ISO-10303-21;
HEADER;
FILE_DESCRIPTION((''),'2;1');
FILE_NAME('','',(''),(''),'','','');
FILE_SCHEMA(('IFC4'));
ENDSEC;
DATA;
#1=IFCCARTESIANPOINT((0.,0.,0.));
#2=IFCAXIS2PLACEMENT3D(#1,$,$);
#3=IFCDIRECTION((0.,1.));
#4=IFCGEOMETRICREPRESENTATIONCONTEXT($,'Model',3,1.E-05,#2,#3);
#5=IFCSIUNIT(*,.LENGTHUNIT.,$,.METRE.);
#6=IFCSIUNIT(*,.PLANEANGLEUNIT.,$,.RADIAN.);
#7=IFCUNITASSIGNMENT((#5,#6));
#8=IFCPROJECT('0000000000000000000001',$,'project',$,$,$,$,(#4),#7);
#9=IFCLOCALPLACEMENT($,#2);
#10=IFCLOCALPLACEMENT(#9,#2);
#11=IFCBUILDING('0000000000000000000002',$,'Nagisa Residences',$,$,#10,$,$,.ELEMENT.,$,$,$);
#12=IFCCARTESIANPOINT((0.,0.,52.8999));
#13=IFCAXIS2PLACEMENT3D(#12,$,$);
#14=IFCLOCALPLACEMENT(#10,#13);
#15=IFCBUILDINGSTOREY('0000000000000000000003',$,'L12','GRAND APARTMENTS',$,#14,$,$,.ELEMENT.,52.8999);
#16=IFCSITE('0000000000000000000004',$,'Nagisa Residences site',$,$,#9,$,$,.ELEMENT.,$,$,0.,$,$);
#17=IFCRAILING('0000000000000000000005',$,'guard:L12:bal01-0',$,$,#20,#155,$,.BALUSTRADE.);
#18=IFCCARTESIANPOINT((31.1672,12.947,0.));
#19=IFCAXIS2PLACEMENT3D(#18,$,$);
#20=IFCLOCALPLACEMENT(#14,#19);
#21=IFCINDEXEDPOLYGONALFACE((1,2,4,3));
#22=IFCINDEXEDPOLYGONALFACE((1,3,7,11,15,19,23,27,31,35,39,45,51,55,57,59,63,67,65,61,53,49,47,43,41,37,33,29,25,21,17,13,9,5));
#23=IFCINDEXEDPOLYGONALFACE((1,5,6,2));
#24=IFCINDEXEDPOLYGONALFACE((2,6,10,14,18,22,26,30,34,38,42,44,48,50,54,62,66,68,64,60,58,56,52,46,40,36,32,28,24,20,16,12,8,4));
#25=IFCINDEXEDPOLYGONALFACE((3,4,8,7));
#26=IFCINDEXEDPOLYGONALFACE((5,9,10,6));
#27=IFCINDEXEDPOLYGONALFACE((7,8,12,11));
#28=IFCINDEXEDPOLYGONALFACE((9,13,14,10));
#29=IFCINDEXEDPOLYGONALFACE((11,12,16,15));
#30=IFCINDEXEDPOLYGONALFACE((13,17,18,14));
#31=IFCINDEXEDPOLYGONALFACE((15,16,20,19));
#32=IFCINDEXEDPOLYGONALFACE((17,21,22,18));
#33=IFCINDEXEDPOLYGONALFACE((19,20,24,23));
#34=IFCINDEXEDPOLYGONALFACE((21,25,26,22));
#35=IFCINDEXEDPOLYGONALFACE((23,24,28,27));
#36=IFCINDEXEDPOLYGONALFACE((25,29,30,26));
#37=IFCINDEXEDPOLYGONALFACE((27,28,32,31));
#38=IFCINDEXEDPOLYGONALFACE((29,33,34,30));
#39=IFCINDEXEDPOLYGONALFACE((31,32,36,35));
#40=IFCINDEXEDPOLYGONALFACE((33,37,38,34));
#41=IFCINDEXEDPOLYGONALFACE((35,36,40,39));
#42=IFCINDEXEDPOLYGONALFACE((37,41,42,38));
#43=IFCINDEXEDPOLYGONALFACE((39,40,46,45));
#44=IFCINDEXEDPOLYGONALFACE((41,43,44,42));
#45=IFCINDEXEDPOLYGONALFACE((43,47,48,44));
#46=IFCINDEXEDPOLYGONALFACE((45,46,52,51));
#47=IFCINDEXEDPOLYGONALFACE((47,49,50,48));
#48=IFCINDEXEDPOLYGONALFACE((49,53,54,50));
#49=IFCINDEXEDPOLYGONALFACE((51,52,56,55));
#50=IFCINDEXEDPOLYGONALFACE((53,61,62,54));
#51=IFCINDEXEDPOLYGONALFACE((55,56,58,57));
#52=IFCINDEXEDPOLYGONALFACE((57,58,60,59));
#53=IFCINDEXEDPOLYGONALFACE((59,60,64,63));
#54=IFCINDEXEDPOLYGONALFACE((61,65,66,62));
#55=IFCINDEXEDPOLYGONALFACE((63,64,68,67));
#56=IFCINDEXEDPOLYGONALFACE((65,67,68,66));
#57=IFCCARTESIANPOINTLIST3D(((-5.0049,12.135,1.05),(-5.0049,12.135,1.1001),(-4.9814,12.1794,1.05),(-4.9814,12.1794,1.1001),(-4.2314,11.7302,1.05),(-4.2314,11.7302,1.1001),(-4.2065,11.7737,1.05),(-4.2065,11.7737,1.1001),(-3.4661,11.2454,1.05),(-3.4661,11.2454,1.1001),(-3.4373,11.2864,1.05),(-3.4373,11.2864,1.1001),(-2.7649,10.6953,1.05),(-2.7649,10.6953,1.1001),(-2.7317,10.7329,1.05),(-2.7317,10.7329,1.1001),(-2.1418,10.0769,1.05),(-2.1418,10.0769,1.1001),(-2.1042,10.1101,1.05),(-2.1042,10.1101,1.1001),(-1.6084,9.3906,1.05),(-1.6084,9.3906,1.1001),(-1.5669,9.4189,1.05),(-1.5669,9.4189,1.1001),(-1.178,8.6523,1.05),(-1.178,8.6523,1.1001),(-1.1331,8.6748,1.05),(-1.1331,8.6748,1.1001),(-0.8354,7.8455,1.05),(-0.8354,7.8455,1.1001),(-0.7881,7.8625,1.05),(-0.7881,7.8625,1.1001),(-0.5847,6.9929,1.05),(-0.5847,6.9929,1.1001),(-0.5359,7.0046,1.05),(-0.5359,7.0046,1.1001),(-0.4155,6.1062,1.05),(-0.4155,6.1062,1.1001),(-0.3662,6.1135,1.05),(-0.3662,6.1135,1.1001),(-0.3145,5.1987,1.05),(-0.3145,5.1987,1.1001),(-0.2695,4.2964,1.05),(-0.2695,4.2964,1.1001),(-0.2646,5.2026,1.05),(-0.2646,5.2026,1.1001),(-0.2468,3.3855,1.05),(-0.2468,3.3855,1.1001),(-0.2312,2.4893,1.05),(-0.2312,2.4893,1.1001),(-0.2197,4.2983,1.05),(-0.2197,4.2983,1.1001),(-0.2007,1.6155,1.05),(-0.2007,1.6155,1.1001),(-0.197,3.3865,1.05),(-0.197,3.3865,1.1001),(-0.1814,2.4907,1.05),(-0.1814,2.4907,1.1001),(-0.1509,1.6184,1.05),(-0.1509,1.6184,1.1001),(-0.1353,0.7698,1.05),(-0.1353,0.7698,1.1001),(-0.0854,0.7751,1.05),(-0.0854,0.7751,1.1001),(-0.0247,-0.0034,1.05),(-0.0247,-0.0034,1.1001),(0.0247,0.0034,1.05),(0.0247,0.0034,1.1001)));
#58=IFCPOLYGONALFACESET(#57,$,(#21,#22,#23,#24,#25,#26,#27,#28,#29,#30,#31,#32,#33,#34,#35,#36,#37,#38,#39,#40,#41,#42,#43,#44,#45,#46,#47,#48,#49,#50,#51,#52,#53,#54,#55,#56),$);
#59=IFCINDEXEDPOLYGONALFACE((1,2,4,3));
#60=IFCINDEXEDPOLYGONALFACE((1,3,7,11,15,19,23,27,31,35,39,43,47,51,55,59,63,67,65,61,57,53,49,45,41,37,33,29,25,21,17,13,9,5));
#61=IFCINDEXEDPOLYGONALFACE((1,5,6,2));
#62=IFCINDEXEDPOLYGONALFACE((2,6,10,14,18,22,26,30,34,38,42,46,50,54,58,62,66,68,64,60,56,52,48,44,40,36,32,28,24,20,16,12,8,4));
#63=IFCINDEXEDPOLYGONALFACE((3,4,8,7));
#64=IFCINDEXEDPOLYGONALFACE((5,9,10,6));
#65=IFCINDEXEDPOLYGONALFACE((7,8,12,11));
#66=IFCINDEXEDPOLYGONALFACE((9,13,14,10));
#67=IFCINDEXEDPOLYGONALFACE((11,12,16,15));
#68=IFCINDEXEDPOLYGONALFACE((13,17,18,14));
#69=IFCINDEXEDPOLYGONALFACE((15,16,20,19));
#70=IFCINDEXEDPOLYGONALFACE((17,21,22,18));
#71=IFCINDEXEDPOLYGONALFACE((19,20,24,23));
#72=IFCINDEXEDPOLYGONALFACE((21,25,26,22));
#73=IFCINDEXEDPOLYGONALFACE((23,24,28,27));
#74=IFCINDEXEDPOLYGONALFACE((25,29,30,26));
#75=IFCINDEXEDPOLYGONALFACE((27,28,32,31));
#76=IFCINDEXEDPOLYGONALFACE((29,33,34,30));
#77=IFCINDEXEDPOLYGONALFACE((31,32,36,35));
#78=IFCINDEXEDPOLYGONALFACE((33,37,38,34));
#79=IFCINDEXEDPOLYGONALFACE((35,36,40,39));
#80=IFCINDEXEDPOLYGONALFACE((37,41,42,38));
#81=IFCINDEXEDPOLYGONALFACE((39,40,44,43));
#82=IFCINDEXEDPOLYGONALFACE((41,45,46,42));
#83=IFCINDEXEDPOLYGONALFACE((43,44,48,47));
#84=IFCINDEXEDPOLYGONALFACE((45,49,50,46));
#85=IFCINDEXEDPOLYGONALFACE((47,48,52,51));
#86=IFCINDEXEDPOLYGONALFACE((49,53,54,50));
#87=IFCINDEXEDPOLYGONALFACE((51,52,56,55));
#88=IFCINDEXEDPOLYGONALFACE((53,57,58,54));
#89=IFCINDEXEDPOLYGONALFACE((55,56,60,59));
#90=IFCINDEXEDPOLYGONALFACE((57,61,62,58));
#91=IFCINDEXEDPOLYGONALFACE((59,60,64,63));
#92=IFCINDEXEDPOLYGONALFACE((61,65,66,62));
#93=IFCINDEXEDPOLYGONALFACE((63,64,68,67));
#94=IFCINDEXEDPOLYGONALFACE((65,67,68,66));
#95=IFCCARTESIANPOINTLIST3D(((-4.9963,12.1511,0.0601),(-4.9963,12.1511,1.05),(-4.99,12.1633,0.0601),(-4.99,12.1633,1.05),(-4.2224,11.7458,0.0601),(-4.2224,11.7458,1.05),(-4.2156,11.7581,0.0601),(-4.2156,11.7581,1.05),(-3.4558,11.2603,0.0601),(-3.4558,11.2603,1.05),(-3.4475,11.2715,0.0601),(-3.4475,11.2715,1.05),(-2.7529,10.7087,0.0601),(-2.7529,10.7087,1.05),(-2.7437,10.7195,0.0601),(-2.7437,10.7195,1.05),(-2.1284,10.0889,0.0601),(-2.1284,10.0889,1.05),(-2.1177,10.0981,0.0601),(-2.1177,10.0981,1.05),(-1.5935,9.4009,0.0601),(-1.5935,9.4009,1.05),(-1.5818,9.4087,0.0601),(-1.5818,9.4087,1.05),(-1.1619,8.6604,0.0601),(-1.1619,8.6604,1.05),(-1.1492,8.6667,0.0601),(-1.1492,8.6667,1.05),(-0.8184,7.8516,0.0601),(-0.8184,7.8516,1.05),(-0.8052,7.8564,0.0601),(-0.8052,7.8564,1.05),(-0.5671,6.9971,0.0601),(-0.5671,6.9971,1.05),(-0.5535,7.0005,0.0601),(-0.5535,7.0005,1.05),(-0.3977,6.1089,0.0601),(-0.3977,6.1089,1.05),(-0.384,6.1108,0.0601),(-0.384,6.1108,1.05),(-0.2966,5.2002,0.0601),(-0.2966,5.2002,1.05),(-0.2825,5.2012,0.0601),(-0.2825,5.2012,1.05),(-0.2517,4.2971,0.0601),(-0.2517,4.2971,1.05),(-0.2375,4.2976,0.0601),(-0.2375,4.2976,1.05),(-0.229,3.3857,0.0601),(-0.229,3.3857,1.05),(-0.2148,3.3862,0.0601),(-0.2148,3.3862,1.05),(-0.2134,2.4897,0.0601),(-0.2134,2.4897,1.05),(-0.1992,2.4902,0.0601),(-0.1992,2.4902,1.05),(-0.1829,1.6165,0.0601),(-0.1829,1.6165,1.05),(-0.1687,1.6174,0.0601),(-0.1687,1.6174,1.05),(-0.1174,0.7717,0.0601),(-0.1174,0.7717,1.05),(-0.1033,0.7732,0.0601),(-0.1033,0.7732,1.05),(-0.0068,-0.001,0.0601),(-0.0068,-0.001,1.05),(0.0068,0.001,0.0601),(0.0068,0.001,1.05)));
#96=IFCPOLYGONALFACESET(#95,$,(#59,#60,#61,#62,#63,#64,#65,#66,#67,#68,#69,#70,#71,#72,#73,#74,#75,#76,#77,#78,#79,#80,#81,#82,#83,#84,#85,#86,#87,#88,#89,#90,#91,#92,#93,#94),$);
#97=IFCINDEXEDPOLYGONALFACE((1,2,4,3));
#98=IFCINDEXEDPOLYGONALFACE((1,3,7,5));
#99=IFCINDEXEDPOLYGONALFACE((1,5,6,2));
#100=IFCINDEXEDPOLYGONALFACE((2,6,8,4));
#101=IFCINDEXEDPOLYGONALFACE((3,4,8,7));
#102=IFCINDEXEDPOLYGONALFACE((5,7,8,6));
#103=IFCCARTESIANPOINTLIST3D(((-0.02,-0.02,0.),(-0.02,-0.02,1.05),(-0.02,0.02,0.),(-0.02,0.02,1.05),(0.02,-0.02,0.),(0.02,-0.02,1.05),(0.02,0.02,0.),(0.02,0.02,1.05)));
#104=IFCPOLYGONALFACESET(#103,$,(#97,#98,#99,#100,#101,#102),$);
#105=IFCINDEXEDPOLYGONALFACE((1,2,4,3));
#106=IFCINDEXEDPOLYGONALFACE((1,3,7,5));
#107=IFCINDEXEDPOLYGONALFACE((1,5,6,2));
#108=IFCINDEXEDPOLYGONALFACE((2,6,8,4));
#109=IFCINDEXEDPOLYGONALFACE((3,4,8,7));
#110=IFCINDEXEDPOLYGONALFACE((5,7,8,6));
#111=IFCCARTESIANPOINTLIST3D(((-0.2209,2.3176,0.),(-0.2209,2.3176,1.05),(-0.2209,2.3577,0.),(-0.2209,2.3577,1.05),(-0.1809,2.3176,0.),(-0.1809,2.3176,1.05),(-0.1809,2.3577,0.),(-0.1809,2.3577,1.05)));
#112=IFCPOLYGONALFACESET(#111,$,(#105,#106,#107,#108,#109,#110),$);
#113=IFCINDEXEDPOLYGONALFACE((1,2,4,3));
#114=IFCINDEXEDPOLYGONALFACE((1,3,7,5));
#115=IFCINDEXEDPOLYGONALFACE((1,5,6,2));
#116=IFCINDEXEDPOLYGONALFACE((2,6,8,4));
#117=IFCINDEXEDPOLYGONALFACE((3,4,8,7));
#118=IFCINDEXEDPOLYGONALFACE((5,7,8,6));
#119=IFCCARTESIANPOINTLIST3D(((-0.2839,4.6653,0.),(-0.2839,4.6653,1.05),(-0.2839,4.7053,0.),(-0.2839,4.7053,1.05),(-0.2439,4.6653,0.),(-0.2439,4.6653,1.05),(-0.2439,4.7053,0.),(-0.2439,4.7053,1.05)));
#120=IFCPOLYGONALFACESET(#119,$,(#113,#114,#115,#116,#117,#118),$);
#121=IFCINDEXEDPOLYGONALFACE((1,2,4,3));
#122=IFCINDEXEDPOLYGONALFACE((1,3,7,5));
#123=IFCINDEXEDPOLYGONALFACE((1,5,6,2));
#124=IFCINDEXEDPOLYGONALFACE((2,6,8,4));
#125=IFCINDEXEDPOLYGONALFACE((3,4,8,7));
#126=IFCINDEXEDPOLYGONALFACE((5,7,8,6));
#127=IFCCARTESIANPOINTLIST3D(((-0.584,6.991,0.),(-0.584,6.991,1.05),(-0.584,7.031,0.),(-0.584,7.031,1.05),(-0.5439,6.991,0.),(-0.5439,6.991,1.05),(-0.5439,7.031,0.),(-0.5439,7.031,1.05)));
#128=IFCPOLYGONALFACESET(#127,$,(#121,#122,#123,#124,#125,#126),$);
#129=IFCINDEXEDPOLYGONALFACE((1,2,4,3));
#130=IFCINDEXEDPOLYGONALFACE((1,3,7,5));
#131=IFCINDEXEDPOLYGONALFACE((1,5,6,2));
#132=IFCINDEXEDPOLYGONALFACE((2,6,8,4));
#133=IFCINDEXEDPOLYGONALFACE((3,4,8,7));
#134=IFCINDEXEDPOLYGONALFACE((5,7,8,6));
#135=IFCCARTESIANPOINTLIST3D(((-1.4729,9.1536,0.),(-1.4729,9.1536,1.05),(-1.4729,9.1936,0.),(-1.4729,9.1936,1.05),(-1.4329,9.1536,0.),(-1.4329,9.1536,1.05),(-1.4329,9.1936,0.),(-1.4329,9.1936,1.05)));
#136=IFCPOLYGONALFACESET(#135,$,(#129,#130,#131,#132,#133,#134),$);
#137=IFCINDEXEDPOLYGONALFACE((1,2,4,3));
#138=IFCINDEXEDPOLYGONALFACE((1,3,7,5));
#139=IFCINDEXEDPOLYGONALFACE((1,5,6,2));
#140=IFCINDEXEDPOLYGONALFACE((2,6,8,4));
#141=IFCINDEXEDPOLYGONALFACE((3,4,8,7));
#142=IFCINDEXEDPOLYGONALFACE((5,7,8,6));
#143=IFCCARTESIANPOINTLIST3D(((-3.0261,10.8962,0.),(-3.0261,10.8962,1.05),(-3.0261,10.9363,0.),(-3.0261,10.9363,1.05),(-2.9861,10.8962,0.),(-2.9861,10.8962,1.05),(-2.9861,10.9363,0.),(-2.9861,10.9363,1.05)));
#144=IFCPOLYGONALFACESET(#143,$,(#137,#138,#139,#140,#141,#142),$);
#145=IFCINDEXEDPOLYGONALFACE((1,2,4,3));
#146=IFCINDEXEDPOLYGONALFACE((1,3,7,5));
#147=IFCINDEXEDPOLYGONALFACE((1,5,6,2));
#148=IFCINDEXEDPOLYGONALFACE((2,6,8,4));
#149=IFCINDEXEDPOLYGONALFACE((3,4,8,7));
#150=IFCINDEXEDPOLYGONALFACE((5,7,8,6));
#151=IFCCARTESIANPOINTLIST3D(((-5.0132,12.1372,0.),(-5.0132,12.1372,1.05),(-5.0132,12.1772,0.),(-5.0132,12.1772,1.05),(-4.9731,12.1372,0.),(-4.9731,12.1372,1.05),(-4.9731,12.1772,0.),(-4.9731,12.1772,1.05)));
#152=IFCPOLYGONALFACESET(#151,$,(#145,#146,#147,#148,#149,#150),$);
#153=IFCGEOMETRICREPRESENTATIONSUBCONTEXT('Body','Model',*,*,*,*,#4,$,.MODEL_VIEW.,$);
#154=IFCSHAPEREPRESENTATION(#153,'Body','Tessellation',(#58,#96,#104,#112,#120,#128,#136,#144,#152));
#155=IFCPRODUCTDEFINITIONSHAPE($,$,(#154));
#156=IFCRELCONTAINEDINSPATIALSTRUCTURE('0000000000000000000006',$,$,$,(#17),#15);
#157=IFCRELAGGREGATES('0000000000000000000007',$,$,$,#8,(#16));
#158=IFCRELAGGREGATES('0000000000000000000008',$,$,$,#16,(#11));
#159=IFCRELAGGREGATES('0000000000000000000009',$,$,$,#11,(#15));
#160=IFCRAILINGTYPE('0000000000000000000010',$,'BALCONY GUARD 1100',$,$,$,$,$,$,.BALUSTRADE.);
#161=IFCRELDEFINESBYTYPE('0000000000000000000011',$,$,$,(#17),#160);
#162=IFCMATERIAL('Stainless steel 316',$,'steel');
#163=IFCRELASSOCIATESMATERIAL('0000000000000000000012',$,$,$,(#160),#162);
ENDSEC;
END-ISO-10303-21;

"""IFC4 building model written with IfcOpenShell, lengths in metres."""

from ifc_helpers import new_model, si_unit, direction, frame, origin, origin_2d, place, context, subcontext, project, spatial, polyline, rectangle, outline, extrude, material, type_object, element, save


model = new_model("IFC4")

# Units and contexts
model_context = context("Model", 3, precision=1e-05, world=origin(), true_north=direction((0.0, 1.0)))
body_context = subcontext(model_context, "Body", "Model", "MODEL_VIEW")
ifc_project = project(units=[si_unit("LENGTHUNIT", "METRE"), si_unit("PLANEANGLEUNIT", "RADIAN")], contexts=[model_context])

# Site, building, storey
site_placement = place(None, origin())
site = spatial("IfcSite", under=ifc_project, at=site_placement, Name="Nagisa Residences site", CompositionType="ELEMENT", RefElevation=0.0)
building_placement = place(site_placement, origin())
building = spatial("IfcBuilding", under=site, at=building_placement, Name="Nagisa Residences", CompositionType="ELEMENT")
storey_placement = place(building_placement, frame((0.0, 0.0, 52.8999)))
storey = spatial("IfcBuildingStorey", under=building, at=storey_placement, Name="L12", Description="GRAND APARTMENTS", CompositionType="ELEMENT", Elevation=52.8999)

# Railing
ifc_material_1 = material(Name="Stainless steel 316", Category="steel")
railing_type = type_object("IfcRailingType", Name="BALCONY GUARD 1100", PredefinedType="BALUSTRADE", material=ifc_material_1)
railing_1_placement = place(storey_placement, frame((31.1672, 12.947, 0.0)))
element("IfcRailing", 1, at=railing_1_placement, inside=storey, type_object=railing_type, Name="guard:L12:bal01-0", PredefinedType="BALUSTRADE", context=body_context, shape_type="SweptSolid", body=[
    extrude(outline(polyline([(-0.1353, 0.7698), (-0.0247, -0.0034), (0.0247, 0.0034), (-0.0854, 0.7751), (-0.1509, 1.6184), (-0.1814, 2.4907), (-0.197, 3.3865), (-0.2197, 4.2983), (-0.2646, 5.2026), (-0.3662, 6.1135), (-0.5359, 7.0046), (-0.7881, 7.8625), (-1.1331, 8.6748), (-1.5669, 9.4189), (-2.1042, 10.1101), (-2.7317, 10.7329), (-3.4373, 11.2864), (-4.2065, 11.7737), (-4.9814, 12.1794), (-5.0049, 12.135), (-4.2314, 11.7302), (-3.4661, 11.2454), (-2.7649, 10.6953), (-2.1418, 10.0769), (-1.6084, 9.3906), (-1.178, 8.6523), (-0.8354, 7.8455), (-0.5847, 6.9929), (-0.4155, 6.1062), (-0.3145, 5.1987), (-0.2695, 4.2964), (-0.2468, 3.3855), (-0.2312, 2.4893), (-0.2007, 1.6155), (-0.1353, 0.7698)])), frame((0.0, 0.0, 1.05)), (0.0, 0.0, 1.0), 0.05),
    extrude(outline(polyline([(-0.1174, 0.7717), (-0.0068, -0.001), (0.0068, 0.001), (-0.1033, 0.7732), (-0.1687, 1.6174), (-0.1992, 2.4902), (-0.2148, 3.3862), (-0.2375, 4.2976), (-0.2825, 5.2012), (-0.384, 6.1108), (-0.5535, 7.0005), (-0.8052, 7.8564), (-1.1492, 8.6667), (-1.5818, 9.4087), (-2.1177, 10.0981), (-2.7437, 10.7195), (-3.4475, 11.2715), (-4.2156, 11.7581), (-4.99, 12.1633), (-4.9963, 12.1511), (-4.2224, 11.7458), (-3.4558, 11.2603), (-2.7529, 10.7087), (-2.1284, 10.0889), (-1.5935, 9.4009), (-1.1619, 8.6604), (-0.8184, 7.8516), (-0.5671, 6.9971), (-0.3977, 6.1089), (-0.2966, 5.2002), (-0.2517, 4.2971), (-0.229, 3.3857), (-0.2134, 2.4897), (-0.1829, 1.6165), (-0.1174, 0.7717)])), frame((0.0, 0.0, 0.0601)), (0.0, 0.0, 1.0), 0.99),
    extrude(rectangle(XDim=0.04, YDim=0.04, at=origin_2d()), origin(), (0.0, 0.0, 1.0), 1.05),
    extrude(rectangle(XDim=0.04, YDim=0.04, at=origin_2d()), frame((-0.2009, 2.3376, 0.0)), (0.0, 0.0, 1.0), 1.05),
    extrude(rectangle(XDim=0.04, YDim=0.04, at=origin_2d()), frame((-0.2639, 4.6853, 0.0)), (0.0, 0.0, 1.0), 1.05),
    extrude(rectangle(XDim=0.04, YDim=0.04, at=origin_2d()), frame((-0.564, 7.011, 0.0)), (0.0, 0.0, 1.0), 1.05),
    extrude(rectangle(XDim=0.04, YDim=0.04, at=origin_2d()), frame((-1.4529, 9.1736, 0.0)), (0.0, 0.0, 1.0), 1.05),
    extrude(rectangle(XDim=0.04, YDim=0.04, at=origin_2d()), frame((-3.0061, 10.9163, 0.0)), (0.0, 0.0, 1.0), 1.05),
    extrude(rectangle(XDim=0.04, YDim=0.04, at=origin_2d()), frame((-4.9932, 12.1572, 0.0)), (0.0, 0.0, 1.0), 1.05),
])

save(model, "model.ifc")
